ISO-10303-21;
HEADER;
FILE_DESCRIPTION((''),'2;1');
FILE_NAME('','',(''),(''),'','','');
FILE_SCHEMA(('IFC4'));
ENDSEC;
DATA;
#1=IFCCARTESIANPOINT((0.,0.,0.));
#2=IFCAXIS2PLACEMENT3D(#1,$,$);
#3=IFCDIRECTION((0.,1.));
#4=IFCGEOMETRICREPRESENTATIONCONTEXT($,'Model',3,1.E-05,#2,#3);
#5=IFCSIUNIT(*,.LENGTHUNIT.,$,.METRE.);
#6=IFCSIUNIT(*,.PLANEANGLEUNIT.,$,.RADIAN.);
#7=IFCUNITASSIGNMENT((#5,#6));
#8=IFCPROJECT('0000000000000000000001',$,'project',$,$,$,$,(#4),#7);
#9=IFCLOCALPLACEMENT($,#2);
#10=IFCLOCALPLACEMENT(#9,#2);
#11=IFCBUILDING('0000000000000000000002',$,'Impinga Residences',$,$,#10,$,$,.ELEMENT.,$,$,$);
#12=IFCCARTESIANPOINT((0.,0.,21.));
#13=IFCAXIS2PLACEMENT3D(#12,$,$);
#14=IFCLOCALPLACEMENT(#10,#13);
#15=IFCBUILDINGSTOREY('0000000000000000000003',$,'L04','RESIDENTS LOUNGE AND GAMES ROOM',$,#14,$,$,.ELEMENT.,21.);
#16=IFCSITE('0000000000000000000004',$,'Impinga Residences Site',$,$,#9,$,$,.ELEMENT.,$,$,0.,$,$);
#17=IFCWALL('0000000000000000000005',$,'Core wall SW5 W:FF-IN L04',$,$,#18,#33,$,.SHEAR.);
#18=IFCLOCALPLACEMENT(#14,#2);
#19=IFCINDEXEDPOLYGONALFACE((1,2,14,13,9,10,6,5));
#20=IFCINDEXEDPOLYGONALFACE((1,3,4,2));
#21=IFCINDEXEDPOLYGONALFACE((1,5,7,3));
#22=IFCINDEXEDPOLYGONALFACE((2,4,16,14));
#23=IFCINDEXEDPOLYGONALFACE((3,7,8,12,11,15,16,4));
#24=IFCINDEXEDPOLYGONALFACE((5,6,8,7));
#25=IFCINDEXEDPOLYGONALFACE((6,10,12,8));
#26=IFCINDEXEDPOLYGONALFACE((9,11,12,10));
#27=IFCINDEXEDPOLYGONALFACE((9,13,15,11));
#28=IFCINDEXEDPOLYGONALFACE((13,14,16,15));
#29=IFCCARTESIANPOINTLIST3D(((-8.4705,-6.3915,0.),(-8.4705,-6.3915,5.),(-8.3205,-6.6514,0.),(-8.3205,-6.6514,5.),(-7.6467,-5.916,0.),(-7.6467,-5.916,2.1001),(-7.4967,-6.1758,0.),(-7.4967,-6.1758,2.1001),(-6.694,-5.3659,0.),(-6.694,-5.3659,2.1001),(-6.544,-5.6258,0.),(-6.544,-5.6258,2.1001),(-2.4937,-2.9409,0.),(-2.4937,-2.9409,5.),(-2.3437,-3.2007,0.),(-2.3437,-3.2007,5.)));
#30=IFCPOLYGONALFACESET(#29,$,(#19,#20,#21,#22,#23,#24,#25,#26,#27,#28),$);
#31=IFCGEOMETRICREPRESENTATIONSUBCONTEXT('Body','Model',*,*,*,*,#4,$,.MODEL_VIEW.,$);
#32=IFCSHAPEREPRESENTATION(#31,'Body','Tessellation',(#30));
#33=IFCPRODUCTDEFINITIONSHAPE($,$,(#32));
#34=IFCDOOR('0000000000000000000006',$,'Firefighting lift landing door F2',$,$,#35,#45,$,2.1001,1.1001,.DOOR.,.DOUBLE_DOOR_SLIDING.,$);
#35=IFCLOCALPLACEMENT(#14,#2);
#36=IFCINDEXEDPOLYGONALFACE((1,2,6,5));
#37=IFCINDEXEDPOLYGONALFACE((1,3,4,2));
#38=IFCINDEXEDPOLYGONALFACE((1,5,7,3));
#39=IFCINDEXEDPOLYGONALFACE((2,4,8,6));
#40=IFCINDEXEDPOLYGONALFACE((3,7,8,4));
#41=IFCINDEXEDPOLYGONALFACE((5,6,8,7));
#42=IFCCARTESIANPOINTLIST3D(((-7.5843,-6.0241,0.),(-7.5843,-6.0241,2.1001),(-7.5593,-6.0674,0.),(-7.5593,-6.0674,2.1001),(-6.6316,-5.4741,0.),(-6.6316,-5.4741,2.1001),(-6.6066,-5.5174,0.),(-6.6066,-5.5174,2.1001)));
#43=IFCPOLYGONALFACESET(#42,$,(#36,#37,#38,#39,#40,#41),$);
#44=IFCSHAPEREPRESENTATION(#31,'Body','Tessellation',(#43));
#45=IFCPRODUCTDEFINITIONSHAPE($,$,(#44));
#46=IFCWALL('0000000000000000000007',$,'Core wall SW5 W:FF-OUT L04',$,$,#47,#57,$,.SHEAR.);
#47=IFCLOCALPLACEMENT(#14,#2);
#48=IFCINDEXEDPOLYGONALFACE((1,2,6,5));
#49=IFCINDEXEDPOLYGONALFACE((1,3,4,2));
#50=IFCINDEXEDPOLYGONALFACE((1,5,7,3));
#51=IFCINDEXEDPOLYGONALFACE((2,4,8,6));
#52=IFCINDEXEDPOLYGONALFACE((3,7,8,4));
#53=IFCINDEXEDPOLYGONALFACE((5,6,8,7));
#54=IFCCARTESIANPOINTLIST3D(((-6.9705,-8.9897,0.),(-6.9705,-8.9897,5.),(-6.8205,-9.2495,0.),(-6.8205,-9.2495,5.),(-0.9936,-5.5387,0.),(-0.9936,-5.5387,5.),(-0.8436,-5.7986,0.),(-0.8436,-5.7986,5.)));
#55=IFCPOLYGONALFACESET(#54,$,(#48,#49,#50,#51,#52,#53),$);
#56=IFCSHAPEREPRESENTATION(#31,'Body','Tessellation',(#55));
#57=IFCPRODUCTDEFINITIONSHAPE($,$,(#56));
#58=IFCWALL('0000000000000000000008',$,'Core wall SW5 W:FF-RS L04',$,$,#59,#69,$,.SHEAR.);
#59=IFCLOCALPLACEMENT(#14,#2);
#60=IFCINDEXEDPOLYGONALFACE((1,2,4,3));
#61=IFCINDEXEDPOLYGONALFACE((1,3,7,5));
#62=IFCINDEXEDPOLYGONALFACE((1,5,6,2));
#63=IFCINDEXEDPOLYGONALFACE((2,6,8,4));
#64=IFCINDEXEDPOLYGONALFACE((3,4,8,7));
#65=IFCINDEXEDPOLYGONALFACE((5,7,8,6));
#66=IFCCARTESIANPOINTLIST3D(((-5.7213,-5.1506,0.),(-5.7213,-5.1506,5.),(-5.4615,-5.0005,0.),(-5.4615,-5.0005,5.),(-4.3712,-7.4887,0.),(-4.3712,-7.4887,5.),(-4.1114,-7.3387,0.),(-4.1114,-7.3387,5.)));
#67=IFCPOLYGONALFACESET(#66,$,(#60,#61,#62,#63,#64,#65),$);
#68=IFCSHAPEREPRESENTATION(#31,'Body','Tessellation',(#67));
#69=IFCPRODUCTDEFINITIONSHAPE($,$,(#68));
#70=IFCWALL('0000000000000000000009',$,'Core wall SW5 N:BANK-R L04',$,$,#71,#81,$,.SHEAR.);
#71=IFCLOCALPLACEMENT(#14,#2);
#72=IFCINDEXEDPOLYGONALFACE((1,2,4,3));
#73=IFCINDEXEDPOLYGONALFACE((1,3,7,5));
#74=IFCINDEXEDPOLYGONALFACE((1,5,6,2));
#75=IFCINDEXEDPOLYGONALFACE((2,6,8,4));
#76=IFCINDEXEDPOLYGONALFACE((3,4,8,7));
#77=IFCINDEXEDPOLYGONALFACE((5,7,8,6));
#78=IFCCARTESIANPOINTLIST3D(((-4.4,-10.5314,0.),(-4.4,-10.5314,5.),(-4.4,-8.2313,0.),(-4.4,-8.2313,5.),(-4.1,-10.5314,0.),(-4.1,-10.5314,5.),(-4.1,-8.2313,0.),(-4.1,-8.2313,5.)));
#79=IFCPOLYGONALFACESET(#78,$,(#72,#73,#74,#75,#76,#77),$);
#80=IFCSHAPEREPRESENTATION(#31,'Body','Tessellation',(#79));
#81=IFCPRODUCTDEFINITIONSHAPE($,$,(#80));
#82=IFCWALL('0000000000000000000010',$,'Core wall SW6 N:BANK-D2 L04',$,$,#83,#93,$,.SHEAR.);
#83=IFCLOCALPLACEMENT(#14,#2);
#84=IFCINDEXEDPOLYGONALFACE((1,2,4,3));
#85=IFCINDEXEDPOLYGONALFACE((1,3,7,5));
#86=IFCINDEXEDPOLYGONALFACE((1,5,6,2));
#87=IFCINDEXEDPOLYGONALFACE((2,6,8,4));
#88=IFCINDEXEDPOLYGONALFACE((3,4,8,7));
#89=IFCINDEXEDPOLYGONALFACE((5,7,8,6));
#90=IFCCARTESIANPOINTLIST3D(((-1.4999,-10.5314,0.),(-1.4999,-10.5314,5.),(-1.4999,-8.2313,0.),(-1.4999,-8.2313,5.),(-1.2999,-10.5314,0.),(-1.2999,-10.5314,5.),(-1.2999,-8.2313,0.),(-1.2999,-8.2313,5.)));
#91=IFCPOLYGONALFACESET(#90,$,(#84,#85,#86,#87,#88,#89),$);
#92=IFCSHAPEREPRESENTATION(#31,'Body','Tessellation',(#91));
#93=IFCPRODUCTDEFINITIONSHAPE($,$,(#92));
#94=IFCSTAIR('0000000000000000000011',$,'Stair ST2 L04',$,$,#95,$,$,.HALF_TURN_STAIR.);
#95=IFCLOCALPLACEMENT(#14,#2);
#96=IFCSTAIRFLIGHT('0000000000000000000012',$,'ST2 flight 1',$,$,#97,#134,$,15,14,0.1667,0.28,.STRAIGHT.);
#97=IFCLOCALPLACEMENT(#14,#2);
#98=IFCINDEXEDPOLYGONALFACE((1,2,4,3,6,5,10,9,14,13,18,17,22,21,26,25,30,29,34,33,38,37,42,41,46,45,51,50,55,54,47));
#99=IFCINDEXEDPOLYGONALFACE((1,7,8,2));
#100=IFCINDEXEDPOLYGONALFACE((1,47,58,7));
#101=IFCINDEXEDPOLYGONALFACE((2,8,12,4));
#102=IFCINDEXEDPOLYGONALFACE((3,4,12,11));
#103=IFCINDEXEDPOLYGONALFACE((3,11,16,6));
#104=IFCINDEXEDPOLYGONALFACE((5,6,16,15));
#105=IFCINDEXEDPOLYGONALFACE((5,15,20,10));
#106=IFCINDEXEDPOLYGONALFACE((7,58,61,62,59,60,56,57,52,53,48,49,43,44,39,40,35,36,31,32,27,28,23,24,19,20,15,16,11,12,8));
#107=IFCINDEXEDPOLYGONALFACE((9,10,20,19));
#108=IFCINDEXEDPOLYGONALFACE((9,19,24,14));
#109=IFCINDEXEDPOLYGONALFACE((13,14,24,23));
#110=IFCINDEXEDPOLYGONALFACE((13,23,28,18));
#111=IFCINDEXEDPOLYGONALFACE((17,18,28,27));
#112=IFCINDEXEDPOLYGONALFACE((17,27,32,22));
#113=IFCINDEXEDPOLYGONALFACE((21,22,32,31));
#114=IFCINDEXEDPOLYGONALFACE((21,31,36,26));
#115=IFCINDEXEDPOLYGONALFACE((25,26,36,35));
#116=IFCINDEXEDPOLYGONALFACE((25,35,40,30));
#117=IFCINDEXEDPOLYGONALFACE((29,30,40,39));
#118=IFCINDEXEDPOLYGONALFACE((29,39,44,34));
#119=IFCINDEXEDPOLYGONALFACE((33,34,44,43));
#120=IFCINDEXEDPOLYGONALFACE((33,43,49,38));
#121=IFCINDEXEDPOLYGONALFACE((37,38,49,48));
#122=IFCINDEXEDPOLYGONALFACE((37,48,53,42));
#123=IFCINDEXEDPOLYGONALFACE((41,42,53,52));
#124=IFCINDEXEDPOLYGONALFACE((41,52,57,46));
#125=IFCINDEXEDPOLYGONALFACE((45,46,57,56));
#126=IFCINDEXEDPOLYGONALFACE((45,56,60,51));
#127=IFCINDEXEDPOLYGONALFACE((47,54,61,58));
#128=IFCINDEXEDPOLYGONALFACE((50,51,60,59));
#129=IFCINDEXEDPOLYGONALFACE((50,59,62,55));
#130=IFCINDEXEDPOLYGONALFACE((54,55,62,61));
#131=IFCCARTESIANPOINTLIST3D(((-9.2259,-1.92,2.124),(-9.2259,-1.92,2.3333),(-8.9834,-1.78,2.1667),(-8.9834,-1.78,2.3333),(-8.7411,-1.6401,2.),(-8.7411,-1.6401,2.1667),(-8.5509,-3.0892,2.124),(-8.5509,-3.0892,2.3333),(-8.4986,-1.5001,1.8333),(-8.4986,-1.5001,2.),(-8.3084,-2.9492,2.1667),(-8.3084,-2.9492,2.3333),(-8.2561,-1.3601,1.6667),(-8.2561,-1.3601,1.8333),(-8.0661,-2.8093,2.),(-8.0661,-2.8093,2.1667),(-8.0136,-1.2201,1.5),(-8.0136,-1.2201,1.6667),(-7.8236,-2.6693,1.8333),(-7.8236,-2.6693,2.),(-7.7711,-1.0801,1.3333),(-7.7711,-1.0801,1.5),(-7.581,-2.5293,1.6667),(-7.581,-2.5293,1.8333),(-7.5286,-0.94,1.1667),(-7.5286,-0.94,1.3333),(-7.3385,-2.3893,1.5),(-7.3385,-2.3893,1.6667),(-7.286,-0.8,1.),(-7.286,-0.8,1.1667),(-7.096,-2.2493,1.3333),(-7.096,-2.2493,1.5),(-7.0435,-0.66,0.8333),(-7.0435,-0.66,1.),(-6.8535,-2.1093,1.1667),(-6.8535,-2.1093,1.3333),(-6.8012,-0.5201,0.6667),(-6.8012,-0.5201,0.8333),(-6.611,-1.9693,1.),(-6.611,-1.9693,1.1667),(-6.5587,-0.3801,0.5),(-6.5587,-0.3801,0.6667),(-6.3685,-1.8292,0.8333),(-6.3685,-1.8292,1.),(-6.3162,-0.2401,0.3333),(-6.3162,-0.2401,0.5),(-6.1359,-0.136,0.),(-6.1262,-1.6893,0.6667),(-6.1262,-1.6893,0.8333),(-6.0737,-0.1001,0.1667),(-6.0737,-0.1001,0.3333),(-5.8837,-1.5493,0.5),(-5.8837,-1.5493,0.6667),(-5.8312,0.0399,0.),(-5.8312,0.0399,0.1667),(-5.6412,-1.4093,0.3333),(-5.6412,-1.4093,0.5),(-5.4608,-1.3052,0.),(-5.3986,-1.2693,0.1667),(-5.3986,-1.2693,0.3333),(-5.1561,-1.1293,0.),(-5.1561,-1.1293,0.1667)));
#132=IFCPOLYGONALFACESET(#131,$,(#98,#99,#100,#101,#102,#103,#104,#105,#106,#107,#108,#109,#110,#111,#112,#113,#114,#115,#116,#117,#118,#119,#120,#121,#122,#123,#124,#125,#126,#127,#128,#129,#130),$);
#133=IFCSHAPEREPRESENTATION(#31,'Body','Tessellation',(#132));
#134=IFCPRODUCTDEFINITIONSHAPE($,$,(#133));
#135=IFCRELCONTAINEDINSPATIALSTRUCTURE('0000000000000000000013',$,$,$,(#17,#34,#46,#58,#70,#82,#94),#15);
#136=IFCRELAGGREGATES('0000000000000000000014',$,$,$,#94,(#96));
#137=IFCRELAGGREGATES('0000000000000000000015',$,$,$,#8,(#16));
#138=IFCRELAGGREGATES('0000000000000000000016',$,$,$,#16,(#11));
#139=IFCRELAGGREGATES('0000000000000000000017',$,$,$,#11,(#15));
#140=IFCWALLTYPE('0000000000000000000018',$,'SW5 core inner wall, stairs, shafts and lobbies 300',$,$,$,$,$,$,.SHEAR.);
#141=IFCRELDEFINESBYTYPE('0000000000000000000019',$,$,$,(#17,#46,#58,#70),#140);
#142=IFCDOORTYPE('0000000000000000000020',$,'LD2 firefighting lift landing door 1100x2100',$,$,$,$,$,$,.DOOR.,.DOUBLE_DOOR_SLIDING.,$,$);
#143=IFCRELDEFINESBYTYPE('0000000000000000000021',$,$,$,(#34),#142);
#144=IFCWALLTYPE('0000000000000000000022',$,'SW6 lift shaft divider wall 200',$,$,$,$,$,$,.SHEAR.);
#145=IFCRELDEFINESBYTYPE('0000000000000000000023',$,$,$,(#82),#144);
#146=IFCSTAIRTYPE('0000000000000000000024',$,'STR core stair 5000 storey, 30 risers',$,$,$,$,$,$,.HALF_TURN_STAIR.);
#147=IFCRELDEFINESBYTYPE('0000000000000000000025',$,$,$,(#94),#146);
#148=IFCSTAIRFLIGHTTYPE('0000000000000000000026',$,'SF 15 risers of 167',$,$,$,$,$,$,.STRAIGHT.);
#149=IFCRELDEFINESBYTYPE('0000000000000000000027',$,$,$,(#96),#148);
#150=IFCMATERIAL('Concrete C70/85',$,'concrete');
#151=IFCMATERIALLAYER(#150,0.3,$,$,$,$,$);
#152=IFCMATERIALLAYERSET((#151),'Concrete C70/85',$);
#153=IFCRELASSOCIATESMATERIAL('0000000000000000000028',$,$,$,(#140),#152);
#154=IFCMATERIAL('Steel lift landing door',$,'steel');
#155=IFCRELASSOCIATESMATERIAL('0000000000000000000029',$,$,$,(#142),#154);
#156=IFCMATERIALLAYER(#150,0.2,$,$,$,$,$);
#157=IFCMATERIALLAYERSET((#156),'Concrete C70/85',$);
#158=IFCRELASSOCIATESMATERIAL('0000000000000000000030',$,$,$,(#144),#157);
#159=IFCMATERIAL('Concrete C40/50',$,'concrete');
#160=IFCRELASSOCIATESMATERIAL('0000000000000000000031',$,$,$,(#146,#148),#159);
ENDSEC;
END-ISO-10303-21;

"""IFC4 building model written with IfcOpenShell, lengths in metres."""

from ifc_helpers import new_model, si_unit, direction, frame, frame_2d, origin, place, context, subcontext, project, spatial, polyline, rectangle, outline, extrude, material, layer, layer_set, type_object, element, fill, aggregate, save


model = new_model("IFC4")

# Units and contexts
model_context = context("Model", 3, precision=1e-05, world=origin(), true_north=direction((0.0, 1.0)))
body_context = subcontext(model_context, "Body", "Model", "MODEL_VIEW")
ifc_project = project(units=[si_unit("LENGTHUNIT", "METRE"), si_unit("PLANEANGLEUNIT", "RADIAN")], contexts=[model_context])

# Site, building, storey
site_placement = place(None, origin())
site = spatial("IfcSite", under=ifc_project, at=site_placement, Name="Impinga Residences Site", CompositionType="ELEMENT", RefElevation=0.0)
building_placement = place(site_placement, origin())
building = spatial("IfcBuilding", under=site, at=building_placement, Name="Impinga Residences", CompositionType="ELEMENT")
storey_placement = place(building_placement, frame((0.0, 0.0, 21.0)))
storey = spatial("IfcBuildingStorey", under=building, at=storey_placement, Name="L04", Description="RESIDENTS LOUNGE AND GAMES ROOM", CompositionType="ELEMENT", Elevation=21.0)

# Shared definitions
ifc_material_1 = material(Name="Concrete C70/85", Category="concrete")

# Shared definitions
ifc_layer_1 = layer(ifc_material_1, 0.3)
ifc_layer_set_1 = layer_set([ifc_layer_1], Name="Concrete C70/85")
wall_type_1 = type_object("IfcWallType", Name="SW5 core inner wall, stairs, shafts and lobbies 300", PredefinedType="SHEAR", material=ifc_layer_set_1)

# Wall, opening, door
wall_1_placement = place(storey_placement, frame((-2.4187, -3.0708, 0.0), z_axis=(0.0, 0.0, 1.0), x_axis=(-0.866027, -0.499997, 0.0)))
wall_1 = element("IfcWall", 1, at=wall_1_placement, inside=storey, type_object=wall_type_1, Name="Core wall SW5 W:FF-IN L04", PredefinedType="SHEAR", context=body_context, shape_type="SweptSolid", body=[
    extrude(rectangle(XDim=6.9014, YDim=0.3, at=frame_2d((3.4507, 0.0))), origin(), (0.0, 0.0, 1.0), 5.0),
])
opening_1_placement = place(wall_1_placement, frame((4.8501, 0.0, 0.0)))
opening_1 = element("IfcOpeningElement", 2, at=opening_1_placement, cuts=wall_1, PredefinedType="OPENING", context=body_context, shape_type="SweptSolid", body=[
    extrude(rectangle(XDim=1.1001, YDim=2.1001, at=frame_2d((0.55, 1.05))), frame((0.0, 0.1599, 0.0), z_axis=(0.0, -1.0, 0.0), x_axis=(1.0, 0.0, 0.0)), (0.0, 0.0, 1.0), 0.3201),
])
ifc_material_2 = material(Name="Steel lift landing door", Category="steel")
door_type_1 = type_object("IfcDoorType", Name="LD2 firefighting lift landing door 1100x2100", OperationType="DOUBLE_DOOR_SLIDING", PredefinedType="DOOR", material=ifc_material_2)
door_1_placement = place(opening_1_placement, origin())
door_1 = element("IfcDoor", 3, at=door_1_placement, inside=storey, type_object=door_type_1, Name="Firefighting lift landing door F2", OperationType="DOUBLE_DOOR_SLIDING", OverallHeight=2.1001, OverallWidth=1.1001, PredefinedType="DOOR", context=body_context, shape_type="SweptSolid", body=[
    extrude(rectangle(XDim=1.1001, YDim=2.1001, at=frame_2d((0.55, 1.05))), frame((0.0, 0.0249, 0.0), z_axis=(0.0, -1.0, 0.0), x_axis=(1.0, 0.0, 0.0)), (0.0, 0.0, 1.0), 0.05),
])
fill(opening_1, door_1)

# Walls
wall_2_placement = place(storey_placement, frame((-0.9187, -5.6687, 0.0), z_axis=(0.0, 0.0, 1.0), x_axis=(-0.866012, -0.500024, 0.0)))
element("IfcWall", 4, at=wall_2_placement, inside=storey, type_object=wall_type_1, Name="Core wall SW5 W:FF-OUT L04", PredefinedType="SHEAR", context=body_context, shape_type="SweptSolid", body=[
    extrude(rectangle(XDim=6.9016, YDim=0.3, at=frame_2d((3.4507, 0.0))), origin(), (0.0, 0.0, 1.0), 5.0),
])
wall_3_placement = place(storey_placement, frame((-4.2412, -7.4138, 0.0), z_axis=(0.0, 0.0, 1.0), x_axis=(-0.500049, 0.865997, 0.0)))
element("IfcWall", 5, at=wall_3_placement, inside=storey, type_object=wall_type_1, Name="Core wall SW5 W:FF-RS L04", PredefinedType="SHEAR", context=body_context, shape_type="SweptSolid", body=[
    extrude(rectangle(XDim=2.7, YDim=0.3, at=frame_2d((1.3501, 0.0))), origin(), (0.0, 0.0, 1.0), 5.0),
])
wall_4_placement = place(storey_placement, frame((-4.25, -8.2314, 0.0), z_axis=(0.0, 0.0, 1.0), x_axis=(0.0, -1.0, 0.0)))
element("IfcWall", 6, at=wall_4_placement, inside=storey, type_object=wall_type_1, Name="Core wall SW5 N:BANK-R L04", PredefinedType="SHEAR", context=body_context, shape_type="SweptSolid", body=[
    extrude(rectangle(XDim=2.3, YDim=0.3, at=frame_2d((1.1499, 0.0))), origin(), (0.0, 0.0, 1.0), 5.0),
])
ifc_layer_2 = layer(ifc_material_1, 0.2)
ifc_layer_set_2 = layer_set([ifc_layer_2], Name="Concrete C70/85")
wall_type_2 = type_object("IfcWallType", Name="SW6 lift shaft divider wall 200", PredefinedType="SHEAR", material=ifc_layer_set_2)
wall_5_placement = place(storey_placement, frame((-1.3999, -8.2314, 0.0), z_axis=(0.0, 0.0, 1.0), x_axis=(0.0, -1.0, 0.0)))
element("IfcWall", 7, at=wall_5_placement, inside=storey, type_object=wall_type_2, Name="Core wall SW6 N:BANK-D2 L04", PredefinedType="SHEAR", context=body_context, shape_type="SweptSolid", body=[
    extrude(rectangle(XDim=2.3, YDim=0.2, at=frame_2d((1.1499, 0.0))), origin(), (0.0, 0.0, 1.0), 5.0),
])

# Stair, stair flight
ifc_material_3 = material(Name="Concrete C40/50", Category="concrete")
stair_type = type_object("IfcStairType", Name="STR core stair 5000 storey, 30 risers", PredefinedType="HALF_TURN_STAIR", material=ifc_material_3)
stair_placement = place(storey_placement, origin())
stair = element("IfcStair", 8, at=stair_placement, inside=storey, type_object=stair_type, Name="Stair ST2 L04", PredefinedType="HALF_TURN_STAIR")
stair_flight_type = type_object("IfcStairFlightType", Name="SF 15 risers of 167", PredefinedType="STRAIGHT", material=ifc_material_3)
stair_flight_placement = place(storey_placement, frame((-5.4937, -0.5447, 0.0), z_axis=(0.0, 0.0, 1.0), x_axis=(-0.866025, -0.5, 0.0)))
stair_flight = element("IfcStairFlight", 9, at=stair_flight_placement, type_object=stair_flight_type, Name="ST2 flight 1", NumberOfRisers=15, NumberOfTreads=14, PredefinedType="STRAIGHT", RiserHeight=0.1667, TreadLength=0.28, context=body_context, shape_type="SweptSolid", body=[
    extrude(outline(polyline([(0.0, 0.0), (0.0, 0.1667), (0.28, 0.1667), (0.28, 0.3333), (0.5601, 0.3333), (0.5601, 0.5), (0.8401, 0.5), (0.8401, 0.6667), (1.1201, 0.6667), (1.1201, 0.8333), (1.3999, 0.8333), (1.3999, 1.0), (1.6799, 1.0), (1.6799, 1.1667), (1.96, 1.1667), (1.96, 1.3333), (2.24, 1.3333), (2.24, 1.5), (2.52, 1.5), (2.52, 1.6667), (2.8, 1.6667), (2.8, 1.8333), (3.0801, 1.8333), (3.0801, 2.0), (3.3601, 2.0), (3.3601, 2.1667), (3.6399, 2.1667), (3.6399, 2.3333), (3.9199, 2.3333), (3.9199, 2.5), (3.9199, 2.124), (0.3518, 0.0), (0.0, 0.0)])), frame((0.0, 0.675, 0.0), z_axis=(0.0, -1.0, 0.0), x_axis=(1.0, 0.0, 0.0)), (0.0, 0.0, 1.0), 1.3501),
])
aggregate(stair, [stair_flight])

save(model, "model.ifc")
